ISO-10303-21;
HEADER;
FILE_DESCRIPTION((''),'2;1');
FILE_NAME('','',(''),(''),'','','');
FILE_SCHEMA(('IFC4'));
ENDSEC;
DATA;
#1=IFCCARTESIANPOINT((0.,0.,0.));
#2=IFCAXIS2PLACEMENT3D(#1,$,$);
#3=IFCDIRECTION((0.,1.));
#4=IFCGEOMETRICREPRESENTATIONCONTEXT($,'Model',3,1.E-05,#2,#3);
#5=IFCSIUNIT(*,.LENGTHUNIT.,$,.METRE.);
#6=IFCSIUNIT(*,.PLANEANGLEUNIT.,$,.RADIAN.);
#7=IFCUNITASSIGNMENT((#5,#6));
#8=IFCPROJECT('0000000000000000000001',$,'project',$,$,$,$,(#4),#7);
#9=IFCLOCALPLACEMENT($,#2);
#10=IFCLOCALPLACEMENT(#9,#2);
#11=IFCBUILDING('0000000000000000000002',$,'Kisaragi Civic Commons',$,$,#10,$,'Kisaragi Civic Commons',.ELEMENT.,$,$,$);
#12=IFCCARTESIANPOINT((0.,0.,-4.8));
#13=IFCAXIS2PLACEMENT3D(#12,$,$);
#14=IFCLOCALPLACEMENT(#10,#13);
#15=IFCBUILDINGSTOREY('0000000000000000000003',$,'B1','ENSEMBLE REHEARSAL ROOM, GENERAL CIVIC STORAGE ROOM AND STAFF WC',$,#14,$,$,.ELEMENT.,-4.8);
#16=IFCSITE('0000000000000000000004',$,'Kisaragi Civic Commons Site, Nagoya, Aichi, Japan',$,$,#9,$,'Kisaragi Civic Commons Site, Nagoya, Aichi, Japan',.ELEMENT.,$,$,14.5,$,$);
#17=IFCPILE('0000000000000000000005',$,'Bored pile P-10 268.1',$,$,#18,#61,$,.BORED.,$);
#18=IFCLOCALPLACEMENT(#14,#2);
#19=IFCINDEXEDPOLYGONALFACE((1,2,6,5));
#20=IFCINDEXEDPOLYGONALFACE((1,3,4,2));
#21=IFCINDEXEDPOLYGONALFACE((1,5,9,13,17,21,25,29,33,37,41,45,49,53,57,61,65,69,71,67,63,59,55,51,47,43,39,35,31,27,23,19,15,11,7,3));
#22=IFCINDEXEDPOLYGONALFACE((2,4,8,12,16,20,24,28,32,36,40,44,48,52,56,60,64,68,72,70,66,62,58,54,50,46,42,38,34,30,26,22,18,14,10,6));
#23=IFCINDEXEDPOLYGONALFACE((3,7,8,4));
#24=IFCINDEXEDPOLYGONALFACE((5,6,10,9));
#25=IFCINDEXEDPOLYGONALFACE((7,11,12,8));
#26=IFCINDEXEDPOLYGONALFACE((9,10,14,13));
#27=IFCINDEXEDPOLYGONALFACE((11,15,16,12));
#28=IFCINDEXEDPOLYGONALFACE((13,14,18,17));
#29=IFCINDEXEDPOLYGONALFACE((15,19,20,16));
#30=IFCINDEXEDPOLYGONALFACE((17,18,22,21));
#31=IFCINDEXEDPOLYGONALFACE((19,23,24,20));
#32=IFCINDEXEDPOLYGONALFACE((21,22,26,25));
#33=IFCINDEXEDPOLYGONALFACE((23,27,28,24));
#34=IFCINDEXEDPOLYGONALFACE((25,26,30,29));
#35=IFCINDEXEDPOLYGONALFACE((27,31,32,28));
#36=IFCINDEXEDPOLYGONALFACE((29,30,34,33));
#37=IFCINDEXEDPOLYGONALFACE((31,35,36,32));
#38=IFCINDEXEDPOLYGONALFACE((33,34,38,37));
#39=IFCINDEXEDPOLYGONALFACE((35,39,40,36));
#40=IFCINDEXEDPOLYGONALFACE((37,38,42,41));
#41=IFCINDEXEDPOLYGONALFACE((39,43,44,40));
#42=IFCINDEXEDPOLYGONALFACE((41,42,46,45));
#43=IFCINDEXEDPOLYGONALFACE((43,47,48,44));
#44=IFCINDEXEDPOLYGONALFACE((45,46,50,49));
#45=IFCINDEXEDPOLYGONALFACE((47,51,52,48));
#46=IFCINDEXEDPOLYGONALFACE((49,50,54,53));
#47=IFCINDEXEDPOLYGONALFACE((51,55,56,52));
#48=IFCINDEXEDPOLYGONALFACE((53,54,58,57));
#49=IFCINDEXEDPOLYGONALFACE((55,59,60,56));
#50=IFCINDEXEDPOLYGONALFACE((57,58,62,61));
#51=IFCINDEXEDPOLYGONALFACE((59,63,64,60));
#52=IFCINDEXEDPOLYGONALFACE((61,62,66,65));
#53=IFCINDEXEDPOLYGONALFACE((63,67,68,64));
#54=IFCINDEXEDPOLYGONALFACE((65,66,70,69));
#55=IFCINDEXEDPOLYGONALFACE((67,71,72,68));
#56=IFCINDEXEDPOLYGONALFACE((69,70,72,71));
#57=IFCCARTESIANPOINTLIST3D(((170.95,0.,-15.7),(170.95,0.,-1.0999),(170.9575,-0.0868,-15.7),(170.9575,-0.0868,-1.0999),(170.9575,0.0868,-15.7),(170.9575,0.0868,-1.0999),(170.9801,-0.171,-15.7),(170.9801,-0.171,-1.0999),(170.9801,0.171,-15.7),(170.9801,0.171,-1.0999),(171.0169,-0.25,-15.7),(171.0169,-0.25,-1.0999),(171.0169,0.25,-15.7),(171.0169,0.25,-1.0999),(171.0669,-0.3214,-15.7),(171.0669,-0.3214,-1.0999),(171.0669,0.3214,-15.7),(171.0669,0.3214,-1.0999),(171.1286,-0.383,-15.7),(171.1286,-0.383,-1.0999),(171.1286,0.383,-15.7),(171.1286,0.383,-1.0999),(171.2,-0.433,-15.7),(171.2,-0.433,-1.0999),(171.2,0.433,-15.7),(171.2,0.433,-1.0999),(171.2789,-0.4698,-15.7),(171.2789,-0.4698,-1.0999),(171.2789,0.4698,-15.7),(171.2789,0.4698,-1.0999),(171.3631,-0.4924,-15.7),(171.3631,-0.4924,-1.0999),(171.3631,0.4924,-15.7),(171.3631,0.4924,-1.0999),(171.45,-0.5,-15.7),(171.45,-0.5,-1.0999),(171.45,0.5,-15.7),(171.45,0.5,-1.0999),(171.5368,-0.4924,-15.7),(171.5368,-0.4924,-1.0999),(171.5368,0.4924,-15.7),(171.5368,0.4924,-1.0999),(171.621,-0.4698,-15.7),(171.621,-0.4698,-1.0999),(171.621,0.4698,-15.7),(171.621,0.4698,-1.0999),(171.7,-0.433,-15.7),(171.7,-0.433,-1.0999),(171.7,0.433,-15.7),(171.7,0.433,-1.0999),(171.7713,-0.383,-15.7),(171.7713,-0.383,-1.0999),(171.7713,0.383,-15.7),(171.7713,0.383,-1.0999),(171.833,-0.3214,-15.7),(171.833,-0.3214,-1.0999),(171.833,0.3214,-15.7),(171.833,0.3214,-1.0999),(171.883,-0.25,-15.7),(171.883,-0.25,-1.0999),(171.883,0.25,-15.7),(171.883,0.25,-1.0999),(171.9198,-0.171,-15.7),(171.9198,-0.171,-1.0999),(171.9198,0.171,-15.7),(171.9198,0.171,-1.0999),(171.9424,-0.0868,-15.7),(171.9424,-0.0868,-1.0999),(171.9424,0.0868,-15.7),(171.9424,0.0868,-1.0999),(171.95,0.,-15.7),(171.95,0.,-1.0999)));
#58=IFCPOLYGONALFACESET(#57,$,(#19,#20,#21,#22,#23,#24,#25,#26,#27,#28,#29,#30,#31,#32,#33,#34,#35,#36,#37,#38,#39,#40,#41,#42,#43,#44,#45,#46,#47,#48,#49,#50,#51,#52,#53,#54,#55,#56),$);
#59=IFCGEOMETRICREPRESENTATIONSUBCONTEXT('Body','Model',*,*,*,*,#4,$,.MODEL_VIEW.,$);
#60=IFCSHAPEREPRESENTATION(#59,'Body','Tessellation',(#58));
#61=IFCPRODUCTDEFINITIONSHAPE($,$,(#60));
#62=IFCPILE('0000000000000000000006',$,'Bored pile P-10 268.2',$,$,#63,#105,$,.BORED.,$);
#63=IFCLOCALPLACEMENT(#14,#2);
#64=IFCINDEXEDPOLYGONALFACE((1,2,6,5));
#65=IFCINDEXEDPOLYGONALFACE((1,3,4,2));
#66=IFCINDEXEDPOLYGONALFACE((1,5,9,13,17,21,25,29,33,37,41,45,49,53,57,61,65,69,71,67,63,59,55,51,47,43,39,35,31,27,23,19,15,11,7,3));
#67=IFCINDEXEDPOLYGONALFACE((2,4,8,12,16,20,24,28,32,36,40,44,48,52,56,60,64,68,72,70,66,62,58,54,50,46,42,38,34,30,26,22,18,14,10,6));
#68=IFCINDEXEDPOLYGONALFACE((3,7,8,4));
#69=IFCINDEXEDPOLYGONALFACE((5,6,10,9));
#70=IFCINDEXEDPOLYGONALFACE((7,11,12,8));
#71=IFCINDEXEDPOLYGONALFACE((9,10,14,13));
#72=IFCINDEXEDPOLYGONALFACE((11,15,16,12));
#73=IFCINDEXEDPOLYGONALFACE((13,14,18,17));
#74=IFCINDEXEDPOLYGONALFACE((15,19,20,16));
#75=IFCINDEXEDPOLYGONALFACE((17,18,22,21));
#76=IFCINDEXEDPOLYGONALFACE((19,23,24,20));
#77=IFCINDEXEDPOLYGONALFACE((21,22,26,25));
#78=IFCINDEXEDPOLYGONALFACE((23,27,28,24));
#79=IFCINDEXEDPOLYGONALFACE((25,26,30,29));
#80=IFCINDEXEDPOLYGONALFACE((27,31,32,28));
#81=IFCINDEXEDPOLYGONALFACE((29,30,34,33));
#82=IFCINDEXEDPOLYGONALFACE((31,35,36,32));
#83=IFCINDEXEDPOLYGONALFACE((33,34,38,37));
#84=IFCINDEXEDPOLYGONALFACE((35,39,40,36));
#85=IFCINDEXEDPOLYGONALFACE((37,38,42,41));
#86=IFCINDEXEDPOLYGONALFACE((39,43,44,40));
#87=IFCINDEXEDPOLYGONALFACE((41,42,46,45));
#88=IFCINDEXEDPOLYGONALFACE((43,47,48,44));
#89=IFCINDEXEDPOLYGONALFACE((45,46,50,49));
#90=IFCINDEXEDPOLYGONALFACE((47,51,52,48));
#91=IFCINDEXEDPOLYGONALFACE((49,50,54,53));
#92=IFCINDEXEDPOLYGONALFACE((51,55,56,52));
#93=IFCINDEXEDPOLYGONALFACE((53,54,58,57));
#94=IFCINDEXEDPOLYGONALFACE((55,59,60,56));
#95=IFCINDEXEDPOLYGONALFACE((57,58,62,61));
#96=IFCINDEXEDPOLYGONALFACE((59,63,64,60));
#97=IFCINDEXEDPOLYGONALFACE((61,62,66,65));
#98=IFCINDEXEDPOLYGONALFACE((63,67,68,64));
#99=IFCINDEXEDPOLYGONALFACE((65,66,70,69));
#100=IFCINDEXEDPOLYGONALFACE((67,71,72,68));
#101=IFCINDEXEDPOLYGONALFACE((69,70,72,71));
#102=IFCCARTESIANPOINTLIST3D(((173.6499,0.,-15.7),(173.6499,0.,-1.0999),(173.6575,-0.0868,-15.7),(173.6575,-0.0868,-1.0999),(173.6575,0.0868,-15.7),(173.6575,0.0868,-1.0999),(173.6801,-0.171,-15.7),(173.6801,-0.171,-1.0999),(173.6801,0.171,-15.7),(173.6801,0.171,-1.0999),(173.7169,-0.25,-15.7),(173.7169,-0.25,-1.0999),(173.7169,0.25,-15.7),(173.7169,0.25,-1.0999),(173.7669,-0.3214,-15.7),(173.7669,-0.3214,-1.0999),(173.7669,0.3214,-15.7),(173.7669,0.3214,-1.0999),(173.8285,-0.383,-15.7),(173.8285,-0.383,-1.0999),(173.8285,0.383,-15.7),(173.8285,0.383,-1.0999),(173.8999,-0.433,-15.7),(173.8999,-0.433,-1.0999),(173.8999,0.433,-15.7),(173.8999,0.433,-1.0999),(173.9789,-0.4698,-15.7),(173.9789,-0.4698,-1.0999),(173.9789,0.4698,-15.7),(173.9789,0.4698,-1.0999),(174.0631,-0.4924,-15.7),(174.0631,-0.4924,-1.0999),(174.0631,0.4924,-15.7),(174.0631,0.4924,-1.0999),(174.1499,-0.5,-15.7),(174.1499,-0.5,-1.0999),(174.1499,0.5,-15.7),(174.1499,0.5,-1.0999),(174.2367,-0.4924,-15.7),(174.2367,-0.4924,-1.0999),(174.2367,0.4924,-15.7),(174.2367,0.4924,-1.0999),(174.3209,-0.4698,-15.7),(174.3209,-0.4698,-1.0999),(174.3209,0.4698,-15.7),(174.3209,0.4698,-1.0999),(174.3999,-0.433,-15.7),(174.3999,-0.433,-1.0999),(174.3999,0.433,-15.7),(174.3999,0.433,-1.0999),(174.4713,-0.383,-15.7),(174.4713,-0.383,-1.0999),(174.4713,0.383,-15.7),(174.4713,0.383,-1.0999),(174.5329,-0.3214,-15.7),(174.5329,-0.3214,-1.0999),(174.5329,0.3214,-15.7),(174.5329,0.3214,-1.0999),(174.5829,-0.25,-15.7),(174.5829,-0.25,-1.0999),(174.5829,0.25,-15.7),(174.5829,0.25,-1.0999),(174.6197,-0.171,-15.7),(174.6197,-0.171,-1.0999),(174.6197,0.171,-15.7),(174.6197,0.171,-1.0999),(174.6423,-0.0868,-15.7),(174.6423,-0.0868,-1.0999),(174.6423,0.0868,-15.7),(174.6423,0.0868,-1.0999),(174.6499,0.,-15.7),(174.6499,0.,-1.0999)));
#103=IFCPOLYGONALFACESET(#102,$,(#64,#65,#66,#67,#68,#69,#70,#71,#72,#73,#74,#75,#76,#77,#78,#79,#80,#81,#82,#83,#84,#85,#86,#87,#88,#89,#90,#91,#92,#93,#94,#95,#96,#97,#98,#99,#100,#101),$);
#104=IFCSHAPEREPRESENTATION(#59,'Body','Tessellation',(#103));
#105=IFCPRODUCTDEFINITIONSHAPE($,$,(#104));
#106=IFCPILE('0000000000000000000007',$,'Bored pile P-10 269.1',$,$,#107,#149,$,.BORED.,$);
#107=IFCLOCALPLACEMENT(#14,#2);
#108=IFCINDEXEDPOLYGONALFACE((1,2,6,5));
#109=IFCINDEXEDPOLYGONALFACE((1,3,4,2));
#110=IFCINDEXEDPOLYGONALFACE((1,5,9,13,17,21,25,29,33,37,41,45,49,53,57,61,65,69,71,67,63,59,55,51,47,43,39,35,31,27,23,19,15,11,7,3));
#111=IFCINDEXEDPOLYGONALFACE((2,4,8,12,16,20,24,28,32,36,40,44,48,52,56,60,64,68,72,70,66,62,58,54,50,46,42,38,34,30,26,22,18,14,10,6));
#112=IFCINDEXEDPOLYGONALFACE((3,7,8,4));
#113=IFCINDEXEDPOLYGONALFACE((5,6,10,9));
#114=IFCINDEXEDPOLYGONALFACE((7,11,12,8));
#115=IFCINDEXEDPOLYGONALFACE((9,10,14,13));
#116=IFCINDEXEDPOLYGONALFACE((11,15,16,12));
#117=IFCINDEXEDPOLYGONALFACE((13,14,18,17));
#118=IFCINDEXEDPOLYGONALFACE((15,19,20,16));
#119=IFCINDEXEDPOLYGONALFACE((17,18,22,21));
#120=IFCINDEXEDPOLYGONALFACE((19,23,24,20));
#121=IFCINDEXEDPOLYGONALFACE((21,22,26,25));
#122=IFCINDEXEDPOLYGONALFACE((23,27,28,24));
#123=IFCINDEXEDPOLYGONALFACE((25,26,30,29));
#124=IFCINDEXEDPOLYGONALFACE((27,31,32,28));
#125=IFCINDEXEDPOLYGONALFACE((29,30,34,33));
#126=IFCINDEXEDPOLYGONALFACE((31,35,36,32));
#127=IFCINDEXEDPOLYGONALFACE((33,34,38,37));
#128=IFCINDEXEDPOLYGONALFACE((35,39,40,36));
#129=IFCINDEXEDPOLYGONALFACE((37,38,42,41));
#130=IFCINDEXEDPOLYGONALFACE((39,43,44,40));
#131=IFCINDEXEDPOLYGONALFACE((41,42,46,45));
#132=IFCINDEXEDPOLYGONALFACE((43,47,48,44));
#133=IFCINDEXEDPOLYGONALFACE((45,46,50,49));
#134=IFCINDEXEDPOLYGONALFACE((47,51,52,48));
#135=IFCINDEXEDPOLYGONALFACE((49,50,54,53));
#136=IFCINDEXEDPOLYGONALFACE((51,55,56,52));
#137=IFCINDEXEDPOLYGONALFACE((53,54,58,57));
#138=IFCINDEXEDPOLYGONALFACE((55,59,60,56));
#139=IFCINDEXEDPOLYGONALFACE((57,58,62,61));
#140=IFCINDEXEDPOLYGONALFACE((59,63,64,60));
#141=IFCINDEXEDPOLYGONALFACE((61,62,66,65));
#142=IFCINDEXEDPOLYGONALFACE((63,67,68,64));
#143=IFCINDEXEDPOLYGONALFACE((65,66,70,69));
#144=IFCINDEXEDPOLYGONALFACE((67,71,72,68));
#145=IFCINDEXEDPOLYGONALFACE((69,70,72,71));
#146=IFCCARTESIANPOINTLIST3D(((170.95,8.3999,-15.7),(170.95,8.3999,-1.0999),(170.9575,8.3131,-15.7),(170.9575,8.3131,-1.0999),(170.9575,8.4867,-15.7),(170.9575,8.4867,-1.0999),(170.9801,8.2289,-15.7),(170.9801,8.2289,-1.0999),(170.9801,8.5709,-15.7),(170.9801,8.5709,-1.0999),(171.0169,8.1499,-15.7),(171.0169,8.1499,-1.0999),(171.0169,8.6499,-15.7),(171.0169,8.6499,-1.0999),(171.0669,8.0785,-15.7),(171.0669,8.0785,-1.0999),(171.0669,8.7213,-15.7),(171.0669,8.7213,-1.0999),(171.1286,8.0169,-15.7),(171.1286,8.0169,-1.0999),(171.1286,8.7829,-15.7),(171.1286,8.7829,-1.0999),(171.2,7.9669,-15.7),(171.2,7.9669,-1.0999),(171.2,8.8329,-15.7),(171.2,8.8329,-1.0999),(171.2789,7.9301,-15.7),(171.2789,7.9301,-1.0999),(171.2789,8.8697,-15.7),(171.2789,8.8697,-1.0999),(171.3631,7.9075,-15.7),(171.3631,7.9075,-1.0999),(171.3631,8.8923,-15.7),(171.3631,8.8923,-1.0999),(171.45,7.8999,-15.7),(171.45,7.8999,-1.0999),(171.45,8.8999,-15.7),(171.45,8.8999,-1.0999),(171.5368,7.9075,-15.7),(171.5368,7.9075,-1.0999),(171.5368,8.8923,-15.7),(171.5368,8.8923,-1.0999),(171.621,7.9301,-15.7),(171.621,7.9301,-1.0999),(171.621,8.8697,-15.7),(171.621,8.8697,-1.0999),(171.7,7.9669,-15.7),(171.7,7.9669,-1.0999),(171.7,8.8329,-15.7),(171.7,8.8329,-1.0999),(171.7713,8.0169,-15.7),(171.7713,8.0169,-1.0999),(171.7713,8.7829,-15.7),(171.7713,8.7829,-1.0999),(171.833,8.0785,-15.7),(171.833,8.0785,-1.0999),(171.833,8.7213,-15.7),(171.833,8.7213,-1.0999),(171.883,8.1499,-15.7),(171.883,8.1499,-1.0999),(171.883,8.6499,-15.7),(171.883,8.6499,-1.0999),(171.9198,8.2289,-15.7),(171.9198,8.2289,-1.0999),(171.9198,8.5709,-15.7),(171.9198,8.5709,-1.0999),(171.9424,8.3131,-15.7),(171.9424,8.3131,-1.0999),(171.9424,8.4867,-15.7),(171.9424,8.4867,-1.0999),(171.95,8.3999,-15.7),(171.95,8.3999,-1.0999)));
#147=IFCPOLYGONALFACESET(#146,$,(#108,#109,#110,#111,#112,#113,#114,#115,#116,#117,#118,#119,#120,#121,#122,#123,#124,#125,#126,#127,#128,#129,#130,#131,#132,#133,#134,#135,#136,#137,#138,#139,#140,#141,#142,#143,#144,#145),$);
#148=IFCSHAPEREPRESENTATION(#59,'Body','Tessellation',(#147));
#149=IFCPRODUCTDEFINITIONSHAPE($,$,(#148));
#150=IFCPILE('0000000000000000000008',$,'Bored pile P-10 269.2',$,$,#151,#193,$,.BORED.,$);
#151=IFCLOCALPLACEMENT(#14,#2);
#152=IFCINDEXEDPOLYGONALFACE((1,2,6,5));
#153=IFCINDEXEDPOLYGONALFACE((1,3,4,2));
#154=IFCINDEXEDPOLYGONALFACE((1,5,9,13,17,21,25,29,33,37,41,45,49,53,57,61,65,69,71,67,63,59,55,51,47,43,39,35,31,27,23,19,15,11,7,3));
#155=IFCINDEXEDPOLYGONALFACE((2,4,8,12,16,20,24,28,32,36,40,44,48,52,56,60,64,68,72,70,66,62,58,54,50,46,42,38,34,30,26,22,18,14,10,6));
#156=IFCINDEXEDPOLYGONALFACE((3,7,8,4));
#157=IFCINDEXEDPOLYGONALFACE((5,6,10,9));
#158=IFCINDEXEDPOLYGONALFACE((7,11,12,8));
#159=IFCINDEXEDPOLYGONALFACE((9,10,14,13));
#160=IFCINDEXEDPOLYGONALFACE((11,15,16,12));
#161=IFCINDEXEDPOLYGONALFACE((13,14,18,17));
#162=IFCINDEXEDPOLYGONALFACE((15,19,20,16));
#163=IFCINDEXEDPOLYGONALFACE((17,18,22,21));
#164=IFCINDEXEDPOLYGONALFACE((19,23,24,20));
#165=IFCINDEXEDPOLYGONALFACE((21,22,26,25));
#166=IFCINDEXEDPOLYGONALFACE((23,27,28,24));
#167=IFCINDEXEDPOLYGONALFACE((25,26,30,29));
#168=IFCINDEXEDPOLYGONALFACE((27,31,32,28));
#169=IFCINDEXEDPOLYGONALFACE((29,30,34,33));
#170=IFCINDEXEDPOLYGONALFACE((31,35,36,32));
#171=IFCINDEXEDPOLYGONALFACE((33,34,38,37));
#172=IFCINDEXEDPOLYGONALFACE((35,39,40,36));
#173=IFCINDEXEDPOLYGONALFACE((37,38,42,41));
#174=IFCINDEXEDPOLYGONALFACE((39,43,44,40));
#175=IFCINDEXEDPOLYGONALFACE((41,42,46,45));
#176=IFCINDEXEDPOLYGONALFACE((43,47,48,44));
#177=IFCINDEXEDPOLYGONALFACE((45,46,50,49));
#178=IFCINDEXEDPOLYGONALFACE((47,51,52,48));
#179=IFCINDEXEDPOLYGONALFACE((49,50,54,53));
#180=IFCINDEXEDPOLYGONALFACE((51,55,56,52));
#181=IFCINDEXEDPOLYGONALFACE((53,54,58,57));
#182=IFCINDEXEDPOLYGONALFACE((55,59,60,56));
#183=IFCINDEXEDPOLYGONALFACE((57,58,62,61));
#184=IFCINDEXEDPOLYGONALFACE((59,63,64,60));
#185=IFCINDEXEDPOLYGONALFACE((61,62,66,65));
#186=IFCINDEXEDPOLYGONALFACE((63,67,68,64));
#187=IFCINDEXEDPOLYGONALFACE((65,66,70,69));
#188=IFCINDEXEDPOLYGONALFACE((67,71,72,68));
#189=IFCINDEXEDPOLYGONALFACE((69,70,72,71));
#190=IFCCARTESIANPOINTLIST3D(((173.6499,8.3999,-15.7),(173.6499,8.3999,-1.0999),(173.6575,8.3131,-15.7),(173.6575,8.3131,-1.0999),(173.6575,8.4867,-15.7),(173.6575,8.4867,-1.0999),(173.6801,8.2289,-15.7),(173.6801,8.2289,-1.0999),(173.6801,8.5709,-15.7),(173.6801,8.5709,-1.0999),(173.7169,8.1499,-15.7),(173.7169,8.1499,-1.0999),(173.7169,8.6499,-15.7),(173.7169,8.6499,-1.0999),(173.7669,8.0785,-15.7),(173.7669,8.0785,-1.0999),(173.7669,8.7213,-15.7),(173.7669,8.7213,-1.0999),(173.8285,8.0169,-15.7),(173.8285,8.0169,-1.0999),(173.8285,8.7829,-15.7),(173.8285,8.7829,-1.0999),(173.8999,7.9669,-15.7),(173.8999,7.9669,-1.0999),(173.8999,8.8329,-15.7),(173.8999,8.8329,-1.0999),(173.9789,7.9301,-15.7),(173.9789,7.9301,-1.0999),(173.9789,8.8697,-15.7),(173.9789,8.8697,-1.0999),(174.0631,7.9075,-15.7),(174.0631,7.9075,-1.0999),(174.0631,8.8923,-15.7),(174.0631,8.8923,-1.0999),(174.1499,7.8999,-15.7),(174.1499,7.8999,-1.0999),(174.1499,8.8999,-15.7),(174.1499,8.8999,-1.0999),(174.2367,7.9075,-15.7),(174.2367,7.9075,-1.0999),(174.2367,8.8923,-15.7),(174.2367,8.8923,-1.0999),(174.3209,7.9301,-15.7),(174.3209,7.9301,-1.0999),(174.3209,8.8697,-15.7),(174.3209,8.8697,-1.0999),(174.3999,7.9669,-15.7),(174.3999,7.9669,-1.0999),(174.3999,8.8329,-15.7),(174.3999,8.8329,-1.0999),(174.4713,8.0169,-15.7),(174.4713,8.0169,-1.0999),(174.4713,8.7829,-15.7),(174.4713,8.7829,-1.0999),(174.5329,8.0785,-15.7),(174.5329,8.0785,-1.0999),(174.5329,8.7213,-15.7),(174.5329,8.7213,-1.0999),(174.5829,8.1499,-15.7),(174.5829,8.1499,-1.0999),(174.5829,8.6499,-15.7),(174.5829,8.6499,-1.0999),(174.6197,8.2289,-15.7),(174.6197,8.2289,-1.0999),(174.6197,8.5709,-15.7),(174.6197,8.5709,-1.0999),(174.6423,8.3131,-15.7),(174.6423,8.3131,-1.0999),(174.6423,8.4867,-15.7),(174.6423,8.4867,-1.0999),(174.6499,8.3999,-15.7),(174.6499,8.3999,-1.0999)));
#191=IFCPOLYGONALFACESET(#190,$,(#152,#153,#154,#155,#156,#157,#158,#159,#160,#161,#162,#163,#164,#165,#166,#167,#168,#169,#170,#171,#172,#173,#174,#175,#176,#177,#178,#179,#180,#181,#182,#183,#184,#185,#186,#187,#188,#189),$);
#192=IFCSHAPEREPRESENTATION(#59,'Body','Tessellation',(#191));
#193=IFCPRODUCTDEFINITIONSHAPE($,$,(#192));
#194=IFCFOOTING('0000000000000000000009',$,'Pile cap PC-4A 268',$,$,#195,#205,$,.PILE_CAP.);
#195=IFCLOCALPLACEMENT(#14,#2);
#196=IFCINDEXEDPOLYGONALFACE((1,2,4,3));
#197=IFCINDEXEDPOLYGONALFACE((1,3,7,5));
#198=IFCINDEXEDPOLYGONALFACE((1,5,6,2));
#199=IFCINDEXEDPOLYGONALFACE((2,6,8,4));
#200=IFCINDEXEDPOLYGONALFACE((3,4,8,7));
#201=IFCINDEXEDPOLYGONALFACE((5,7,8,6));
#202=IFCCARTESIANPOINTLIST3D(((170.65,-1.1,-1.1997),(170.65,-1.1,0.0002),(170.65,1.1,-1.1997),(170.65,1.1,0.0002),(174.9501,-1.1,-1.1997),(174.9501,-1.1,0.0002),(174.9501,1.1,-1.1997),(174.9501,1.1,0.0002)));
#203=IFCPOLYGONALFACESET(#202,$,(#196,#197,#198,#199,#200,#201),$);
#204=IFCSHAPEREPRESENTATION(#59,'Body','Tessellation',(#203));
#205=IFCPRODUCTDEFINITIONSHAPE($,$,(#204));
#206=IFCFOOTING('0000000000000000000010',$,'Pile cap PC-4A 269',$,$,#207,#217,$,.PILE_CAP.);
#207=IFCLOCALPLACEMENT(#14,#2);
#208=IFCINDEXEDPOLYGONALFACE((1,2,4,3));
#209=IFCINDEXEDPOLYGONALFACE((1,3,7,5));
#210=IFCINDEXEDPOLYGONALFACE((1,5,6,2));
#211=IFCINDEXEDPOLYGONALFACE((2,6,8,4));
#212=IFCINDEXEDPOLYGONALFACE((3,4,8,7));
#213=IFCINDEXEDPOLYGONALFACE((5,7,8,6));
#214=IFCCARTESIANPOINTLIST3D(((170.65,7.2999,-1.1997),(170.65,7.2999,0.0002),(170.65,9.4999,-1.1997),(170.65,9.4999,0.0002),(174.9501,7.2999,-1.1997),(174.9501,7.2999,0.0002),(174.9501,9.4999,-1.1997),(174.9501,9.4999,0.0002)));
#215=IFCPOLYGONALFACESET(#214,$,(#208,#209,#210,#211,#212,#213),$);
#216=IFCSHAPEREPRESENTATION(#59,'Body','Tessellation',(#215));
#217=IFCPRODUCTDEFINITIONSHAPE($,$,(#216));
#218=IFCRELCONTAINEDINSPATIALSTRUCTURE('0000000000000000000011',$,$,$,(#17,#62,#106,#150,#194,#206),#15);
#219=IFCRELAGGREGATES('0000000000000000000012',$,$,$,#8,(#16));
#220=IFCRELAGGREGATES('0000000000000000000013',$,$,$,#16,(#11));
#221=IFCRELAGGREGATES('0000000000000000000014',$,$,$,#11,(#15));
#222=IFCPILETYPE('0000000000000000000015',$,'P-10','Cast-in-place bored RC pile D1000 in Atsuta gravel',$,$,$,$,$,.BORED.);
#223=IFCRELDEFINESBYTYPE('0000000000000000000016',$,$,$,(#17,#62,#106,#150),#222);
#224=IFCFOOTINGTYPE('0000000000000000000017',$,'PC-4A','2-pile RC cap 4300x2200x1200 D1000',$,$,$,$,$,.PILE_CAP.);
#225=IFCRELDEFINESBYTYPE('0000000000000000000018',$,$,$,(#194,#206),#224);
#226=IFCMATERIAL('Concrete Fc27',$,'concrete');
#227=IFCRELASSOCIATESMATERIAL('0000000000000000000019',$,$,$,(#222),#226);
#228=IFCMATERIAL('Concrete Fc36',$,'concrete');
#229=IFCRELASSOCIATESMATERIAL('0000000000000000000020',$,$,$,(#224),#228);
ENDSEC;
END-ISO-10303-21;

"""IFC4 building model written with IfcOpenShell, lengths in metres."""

from ifc_helpers import new_model, si_unit, direction, frame, origin, origin_2d, place, context, subcontext, project, spatial, rectangle, circle, extrude, material, material_profile, profile_set, type_object, element, save


model = new_model("IFC4")

# Units and contexts
model_context = context("Model", 3, precision=1e-05, world=origin(), true_north=direction((0.0, 1.0)))
body_context = subcontext(model_context, "Body", "Model", "MODEL_VIEW")
ifc_project = project(units=[si_unit("LENGTHUNIT", "METRE"), si_unit("PLANEANGLEUNIT", "RADIAN")], contexts=[model_context])

# Site, building, storey
site_placement = place(None, origin())
site = spatial("IfcSite", under=ifc_project, at=site_placement, Name="Kisaragi Civic Commons Site, Nagoya, Aichi, Japan", LongName="Kisaragi Civic Commons Site, Nagoya, Aichi, Japan", CompositionType="ELEMENT", RefElevation=14.5)
building_placement = place(site_placement, origin())
building = spatial("IfcBuilding", under=site, at=building_placement, Name="Kisaragi Civic Commons", LongName="Kisaragi Civic Commons", CompositionType="ELEMENT")
storey_placement = place(building_placement, frame((0.0, 0.0, -4.8)))
storey = spatial("IfcBuildingStorey", under=building, at=storey_placement, Name="B1", Description="ENSEMBLE REHEARSAL ROOM, GENERAL CIVIC STORAGE ROOM AND STAFF WC", CompositionType="ELEMENT", Elevation=-4.8)

# Shared definitions
ifc_material_1 = material(Name="Concrete Fc27", Category="concrete")

# Piles
ifc_material_profile_1 = material_profile(ifc_material_1, circle(Radius=0.5, at=origin_2d()), Name="PILE-D1000", Category="concrete")
ifc_profile_set_1 = profile_set([ifc_material_profile_1], Name="Concrete Fc27")
pile_type = type_object("IfcPileType", Name="P-10", Description="Cast-in-place bored RC pile D1000 in Atsuta gravel", PredefinedType="BORED", material=ifc_profile_set_1)
for number, where, z_axis, x_axis, name in (
    (1, (171.45, 0.0, -1.0999), (0.0, 0.0, -1.0), (1.0, 0.0, 0.0), "Bored pile P-10 268.1"),
    (2, (174.1499, 0.0, -1.0999), (0.0, 0.0, -1.0), (1.0, 0.0, 0.0), "Bored pile P-10 268.2"),
    (3, (171.45, 8.3999, -1.0999), (0.0, 0.0, -1.0), (1.0, 0.0, 0.0), "Bored pile P-10 269.1"),
    (4, (174.1499, 8.3999, -1.0999), (0.0, 0.0, -1.0), (1.0, 0.0, 0.0), "Bored pile P-10 269.2"),
):
    element("IfcPile", number, at=place(storey_placement, frame(where, z_axis=z_axis, x_axis=x_axis)), inside=storey, type_object=pile_type, Name=name, PredefinedType="BORED", context=body_context, shape_type="SweptSolid", body=[
        extrude(circle(Radius=0.5, at=origin_2d()), origin(), (0.0, 0.0, 1.0), 14.6001),
    ])

# Footings
ifc_material_2 = material(Name="Concrete Fc36", Category="concrete")
footing_type_1 = type_object("IfcFootingType", Name="PC-4A", Description="2-pile RC cap 4300x2200x1200 D1000", PredefinedType="PILE_CAP", material=ifc_material_2)
for number, where, z_axis, x_axis, name in (
    (5, (172.8, 0.0, -1.1997), (0.0, 0.0, 1.0), (1.0, 0.0, 0.0), "Pile cap PC-4A 268"),
    (6, (172.8, 8.3999, -1.1997), (0.0, 0.0, 1.0), (1.0, 0.0, 0.0), "Pile cap PC-4A 269"),
):
    element("IfcFooting", number, at=place(storey_placement, frame(where, z_axis=z_axis, x_axis=x_axis)), inside=storey, type_object=footing_type_1, Name=name, PredefinedType="PILE_CAP", context=body_context, shape_type="SweptSolid", body=[
        extrude(rectangle(XDim=4.3, YDim=2.2, at=origin_2d()), origin(), (0.0, 0.0, 1.0), 1.2),
    ])

save(model, "model.ifc")
